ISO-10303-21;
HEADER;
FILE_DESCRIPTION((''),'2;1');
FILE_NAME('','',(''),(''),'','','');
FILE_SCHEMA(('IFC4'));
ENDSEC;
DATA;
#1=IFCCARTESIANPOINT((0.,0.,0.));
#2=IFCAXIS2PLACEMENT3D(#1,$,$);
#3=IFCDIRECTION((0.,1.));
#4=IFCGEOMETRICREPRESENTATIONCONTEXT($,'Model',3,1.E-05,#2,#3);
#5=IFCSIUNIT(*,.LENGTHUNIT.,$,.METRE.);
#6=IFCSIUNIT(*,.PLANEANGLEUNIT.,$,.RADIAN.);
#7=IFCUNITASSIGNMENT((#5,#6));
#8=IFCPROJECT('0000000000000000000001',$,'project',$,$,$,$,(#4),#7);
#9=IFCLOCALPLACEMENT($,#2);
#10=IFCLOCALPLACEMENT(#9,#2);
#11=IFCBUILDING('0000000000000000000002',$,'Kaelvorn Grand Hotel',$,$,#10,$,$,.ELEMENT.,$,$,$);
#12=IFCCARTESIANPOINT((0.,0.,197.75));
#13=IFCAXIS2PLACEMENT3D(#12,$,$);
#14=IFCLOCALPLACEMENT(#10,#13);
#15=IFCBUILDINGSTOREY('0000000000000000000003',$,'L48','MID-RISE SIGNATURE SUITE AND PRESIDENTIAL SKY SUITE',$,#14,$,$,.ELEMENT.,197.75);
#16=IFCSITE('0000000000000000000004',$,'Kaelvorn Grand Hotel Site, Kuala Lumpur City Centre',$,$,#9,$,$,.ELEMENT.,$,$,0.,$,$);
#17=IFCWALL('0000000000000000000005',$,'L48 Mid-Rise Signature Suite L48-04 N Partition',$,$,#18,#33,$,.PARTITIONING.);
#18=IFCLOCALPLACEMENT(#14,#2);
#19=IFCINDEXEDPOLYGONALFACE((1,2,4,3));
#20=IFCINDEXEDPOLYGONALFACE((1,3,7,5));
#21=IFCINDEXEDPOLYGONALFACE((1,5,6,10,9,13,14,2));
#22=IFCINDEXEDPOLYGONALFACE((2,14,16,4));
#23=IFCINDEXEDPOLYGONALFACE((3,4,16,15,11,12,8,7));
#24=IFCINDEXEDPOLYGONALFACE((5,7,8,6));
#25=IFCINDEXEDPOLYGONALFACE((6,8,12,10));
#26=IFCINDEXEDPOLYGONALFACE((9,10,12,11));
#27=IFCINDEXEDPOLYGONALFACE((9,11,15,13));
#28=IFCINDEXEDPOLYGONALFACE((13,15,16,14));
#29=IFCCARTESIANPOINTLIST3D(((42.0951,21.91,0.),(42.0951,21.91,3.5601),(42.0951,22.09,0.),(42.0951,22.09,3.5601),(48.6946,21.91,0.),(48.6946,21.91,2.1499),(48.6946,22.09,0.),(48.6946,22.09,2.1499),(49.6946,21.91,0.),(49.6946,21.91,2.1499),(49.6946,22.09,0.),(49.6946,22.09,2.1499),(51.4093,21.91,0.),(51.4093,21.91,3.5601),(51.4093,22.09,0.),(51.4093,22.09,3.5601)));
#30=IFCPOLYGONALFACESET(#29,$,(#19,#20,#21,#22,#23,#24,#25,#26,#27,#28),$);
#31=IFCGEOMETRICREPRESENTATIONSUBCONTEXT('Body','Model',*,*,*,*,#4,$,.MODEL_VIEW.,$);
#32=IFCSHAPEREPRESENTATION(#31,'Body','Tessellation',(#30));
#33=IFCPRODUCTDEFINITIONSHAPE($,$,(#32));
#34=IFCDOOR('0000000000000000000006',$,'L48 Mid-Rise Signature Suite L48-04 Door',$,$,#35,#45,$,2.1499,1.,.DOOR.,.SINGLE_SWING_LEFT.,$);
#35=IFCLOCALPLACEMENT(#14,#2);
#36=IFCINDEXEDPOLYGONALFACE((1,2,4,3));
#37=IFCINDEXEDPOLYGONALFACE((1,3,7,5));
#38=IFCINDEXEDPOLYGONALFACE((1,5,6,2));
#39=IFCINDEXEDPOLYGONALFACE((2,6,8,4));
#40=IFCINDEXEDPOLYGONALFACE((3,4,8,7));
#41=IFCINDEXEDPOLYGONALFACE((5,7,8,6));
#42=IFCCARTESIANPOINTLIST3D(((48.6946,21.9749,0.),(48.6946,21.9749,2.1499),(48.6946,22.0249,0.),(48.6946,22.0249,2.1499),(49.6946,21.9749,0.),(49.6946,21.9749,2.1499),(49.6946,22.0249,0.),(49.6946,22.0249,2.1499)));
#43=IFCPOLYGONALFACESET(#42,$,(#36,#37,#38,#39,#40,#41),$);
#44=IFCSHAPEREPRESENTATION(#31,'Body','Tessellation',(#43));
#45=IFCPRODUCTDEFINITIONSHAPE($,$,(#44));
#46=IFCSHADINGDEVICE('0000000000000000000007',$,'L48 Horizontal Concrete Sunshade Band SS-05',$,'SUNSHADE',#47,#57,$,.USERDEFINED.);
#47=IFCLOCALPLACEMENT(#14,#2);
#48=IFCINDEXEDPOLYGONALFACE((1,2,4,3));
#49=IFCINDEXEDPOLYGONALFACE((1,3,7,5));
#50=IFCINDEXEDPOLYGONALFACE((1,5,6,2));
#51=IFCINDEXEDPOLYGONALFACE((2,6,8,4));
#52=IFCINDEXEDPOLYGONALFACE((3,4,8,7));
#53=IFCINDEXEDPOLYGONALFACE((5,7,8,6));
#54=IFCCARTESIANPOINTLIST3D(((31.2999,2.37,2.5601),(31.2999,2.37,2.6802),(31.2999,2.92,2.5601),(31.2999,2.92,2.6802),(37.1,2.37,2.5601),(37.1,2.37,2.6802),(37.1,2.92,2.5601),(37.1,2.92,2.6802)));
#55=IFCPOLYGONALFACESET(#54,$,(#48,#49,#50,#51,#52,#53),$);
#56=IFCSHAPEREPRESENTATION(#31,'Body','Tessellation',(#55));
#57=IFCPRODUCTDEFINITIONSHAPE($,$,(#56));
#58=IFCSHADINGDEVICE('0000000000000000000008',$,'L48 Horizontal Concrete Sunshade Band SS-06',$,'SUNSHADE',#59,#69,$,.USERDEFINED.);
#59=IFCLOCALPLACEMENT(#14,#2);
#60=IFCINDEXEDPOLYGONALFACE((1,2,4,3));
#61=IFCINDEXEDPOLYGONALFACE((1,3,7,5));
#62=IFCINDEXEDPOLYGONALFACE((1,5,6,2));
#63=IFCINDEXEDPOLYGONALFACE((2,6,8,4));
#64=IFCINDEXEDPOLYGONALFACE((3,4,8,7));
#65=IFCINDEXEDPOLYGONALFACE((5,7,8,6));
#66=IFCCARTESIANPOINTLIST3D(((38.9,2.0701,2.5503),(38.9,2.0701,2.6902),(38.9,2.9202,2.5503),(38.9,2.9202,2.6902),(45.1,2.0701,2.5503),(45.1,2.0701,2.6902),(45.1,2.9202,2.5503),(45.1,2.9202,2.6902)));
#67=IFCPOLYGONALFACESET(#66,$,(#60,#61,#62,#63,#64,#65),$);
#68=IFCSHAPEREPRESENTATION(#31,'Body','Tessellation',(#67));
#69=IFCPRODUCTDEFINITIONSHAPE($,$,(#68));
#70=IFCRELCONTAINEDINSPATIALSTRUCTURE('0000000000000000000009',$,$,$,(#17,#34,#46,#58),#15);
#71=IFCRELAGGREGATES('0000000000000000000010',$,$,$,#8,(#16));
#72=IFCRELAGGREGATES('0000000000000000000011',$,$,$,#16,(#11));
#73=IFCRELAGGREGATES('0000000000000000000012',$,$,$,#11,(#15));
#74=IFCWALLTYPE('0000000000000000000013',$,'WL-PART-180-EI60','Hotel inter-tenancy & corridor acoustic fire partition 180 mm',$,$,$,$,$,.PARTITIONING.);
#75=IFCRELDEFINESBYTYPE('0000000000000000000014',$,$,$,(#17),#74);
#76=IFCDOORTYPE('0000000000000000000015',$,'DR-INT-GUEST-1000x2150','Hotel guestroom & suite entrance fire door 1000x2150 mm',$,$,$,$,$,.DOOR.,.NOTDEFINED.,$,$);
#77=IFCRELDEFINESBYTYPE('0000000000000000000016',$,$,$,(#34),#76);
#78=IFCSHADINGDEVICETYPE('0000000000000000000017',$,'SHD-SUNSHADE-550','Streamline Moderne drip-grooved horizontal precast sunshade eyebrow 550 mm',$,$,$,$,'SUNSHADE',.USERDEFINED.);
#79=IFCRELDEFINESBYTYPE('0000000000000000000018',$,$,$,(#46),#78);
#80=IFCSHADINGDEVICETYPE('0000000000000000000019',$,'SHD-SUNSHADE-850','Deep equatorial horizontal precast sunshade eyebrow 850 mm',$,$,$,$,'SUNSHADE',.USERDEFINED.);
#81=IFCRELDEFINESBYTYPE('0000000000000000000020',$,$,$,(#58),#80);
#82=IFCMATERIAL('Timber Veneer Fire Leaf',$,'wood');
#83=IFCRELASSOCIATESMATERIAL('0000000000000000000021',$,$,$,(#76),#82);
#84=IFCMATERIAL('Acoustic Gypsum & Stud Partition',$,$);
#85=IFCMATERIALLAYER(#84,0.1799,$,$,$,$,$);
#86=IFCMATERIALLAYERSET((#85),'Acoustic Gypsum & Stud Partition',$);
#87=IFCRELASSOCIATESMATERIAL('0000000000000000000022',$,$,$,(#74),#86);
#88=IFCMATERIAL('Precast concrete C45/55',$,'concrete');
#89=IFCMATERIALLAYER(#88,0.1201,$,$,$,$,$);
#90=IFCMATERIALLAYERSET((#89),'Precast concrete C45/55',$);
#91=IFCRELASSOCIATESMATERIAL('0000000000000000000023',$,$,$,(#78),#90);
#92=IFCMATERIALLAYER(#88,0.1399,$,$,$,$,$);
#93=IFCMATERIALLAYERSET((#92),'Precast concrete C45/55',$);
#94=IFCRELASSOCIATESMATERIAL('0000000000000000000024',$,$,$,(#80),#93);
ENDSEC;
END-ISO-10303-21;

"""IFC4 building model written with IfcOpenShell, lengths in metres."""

from ifc_helpers import new_model, si_unit, direction, frame, frame_2d, origin, origin_2d, place, context, subcontext, project, spatial, rectangle, extrude, material, layer, layer_set, type_object, element, fill, save


model = new_model("IFC4")

# Units and contexts
model_context = context("Model", 3, precision=1e-05, world=origin(), true_north=direction((0.0, 1.0)))
body_context = subcontext(model_context, "Body", "Model", "MODEL_VIEW")
ifc_project = project(units=[si_unit("LENGTHUNIT", "METRE"), si_unit("PLANEANGLEUNIT", "RADIAN")], contexts=[model_context])

# Site, building, storey
site_placement = place(None, origin())
site = spatial("IfcSite", under=ifc_project, at=site_placement, Name="Kaelvorn Grand Hotel Site, Kuala Lumpur City Centre", CompositionType="ELEMENT", RefElevation=0.0)
building_placement = place(site_placement, origin())
building = spatial("IfcBuilding", under=site, at=building_placement, Name="Kaelvorn Grand Hotel", CompositionType="ELEMENT")
storey_placement = place(building_placement, frame((0.0, 0.0, 197.75)))
storey = spatial("IfcBuildingStorey", under=building, at=storey_placement, Name="L48", Description="MID-RISE SIGNATURE SUITE AND PRESIDENTIAL SKY SUITE", CompositionType="ELEMENT", Elevation=197.75)

# Shared definitions
ifc_material_1 = material(Name="Acoustic Gypsum & Stud Partition")

# Shared definitions
ifc_material_2 = material(Name="Timber Veneer Fire Leaf", Category="wood")
door_type_1 = type_object("IfcDoorType", Name="DR-INT-GUEST-1000x2150", Description="Hotel guestroom & suite entrance fire door 1000x2150 mm", OperationType="NOTDEFINED", PredefinedType="DOOR", material=ifc_material_2)

# Shared definitions
ifc_layer_1 = layer(ifc_material_1, 0.1799)
ifc_layer_set_1 = layer_set([ifc_layer_1], Name="Acoustic Gypsum & Stud Partition")
wall_type_1 = type_object("IfcWallType", Name="WL-PART-180-EI60", Description="Hotel inter-tenancy & corridor acoustic fire partition 180 mm", PredefinedType="PARTITIONING", material=ifc_layer_set_1)

# Wall, opening, door
wall_1_placement = place(storey_placement, frame((42.095, 22.0, 0.0), z_axis=(0.0, 0.0, 1.0), x_axis=(1.0, 0.0, 0.0)))
wall_1 = element("IfcWall", 1, at=wall_1_placement, inside=storey, type_object=wall_type_1, Name="L48 Mid-Rise Signature Suite L48-04 N Partition", PredefinedType="PARTITIONING", context=body_context, shape_type="SweptSolid", body=[
    extrude(rectangle(XDim=9.3142, YDim=0.1799, at=frame_2d((4.6572, 0.0))), origin(), (0.0, 0.0, 1.0), 3.5601),
])
opening_1_placement = place(wall_1_placement, frame((6.5996, 0.0, 0.0)))
opening_1 = element("IfcOpeningElement", 2, at=opening_1_placement, cuts=wall_1, PredefinedType="OPENING", context=body_context, shape_type="SweptSolid", body=[
    extrude(rectangle(XDim=1.0, YDim=2.1499, at=frame_2d((0.5, 1.075))), frame((0.0, 0.1001, 0.0), z_axis=(0.0, -1.0, 0.0), x_axis=(1.0, 0.0, 0.0)), (0.0, 0.0, 1.0), 0.2),
])
door_1_placement = place(opening_1_placement, origin())
door_1 = element("IfcDoor", 3, at=door_1_placement, inside=storey, type_object=door_type_1, Name="L48 Mid-Rise Signature Suite L48-04 Door", OperationType="SINGLE_SWING_LEFT", OverallHeight=2.1499, OverallWidth=1.0, PredefinedType="DOOR", context=body_context, shape_type="SweptSolid", body=[
    extrude(rectangle(XDim=1.0, YDim=2.1499, at=frame_2d((0.5, 1.075))), frame((0.0, 0.0249, 0.0), z_axis=(0.0, -1.0, 0.0), x_axis=(1.0, 0.0, 0.0)), (0.0, 0.0, 1.0), 0.05),
])
fill(opening_1, door_1)

# Shading devices
ifc_material_3 = material(Name="Precast concrete C45/55", Category="concrete")
ifc_layer_2 = layer(ifc_material_3, 0.1201)
ifc_layer_set_2 = layer_set([ifc_layer_2], Name="Precast concrete C45/55")
shading_device_type_1 = type_object("IfcShadingDeviceType", Name="SHD-SUNSHADE-550", Description="Streamline Moderne drip-grooved horizontal precast sunshade eyebrow 550 mm", ElementType="SUNSHADE", PredefinedType="USERDEFINED", material=ifc_layer_set_2)
shading_device_1_placement = place(storey_placement, frame((34.2, 2.645, 2.5601), z_axis=(0.0, 0.0, 1.0), x_axis=(1.0, 0.0, 0.0)))
element("IfcShadingDevice", 4, at=shading_device_1_placement, inside=storey, type_object=shading_device_type_1, Name="L48 Horizontal Concrete Sunshade Band SS-05", ObjectType="SUNSHADE", PredefinedType="USERDEFINED", context=body_context, shape_type="SweptSolid", body=[
    extrude(rectangle(XDim=5.8, YDim=0.55, at=origin_2d()), origin(), (0.0, 0.0, 1.0), 0.1201),
])
ifc_layer_3 = layer(ifc_material_3, 0.1399)
ifc_layer_set_3 = layer_set([ifc_layer_3], Name="Precast concrete C45/55")
shading_device_type_2 = type_object("IfcShadingDeviceType", Name="SHD-SUNSHADE-850", Description="Deep equatorial horizontal precast sunshade eyebrow 850 mm", ElementType="SUNSHADE", PredefinedType="USERDEFINED", material=ifc_layer_set_3)
shading_device_2_placement = place(storey_placement, frame((42.0, 2.4951, 2.5503), z_axis=(0.0, 0.0, 1.0), x_axis=(1.0, 0.0, 0.0)))
element("IfcShadingDevice", 5, at=shading_device_2_placement, inside=storey, type_object=shading_device_type_2, Name="L48 Horizontal Concrete Sunshade Band SS-06", ObjectType="SUNSHADE", PredefinedType="USERDEFINED", context=body_context, shape_type="SweptSolid", body=[
    extrude(rectangle(XDim=6.2, YDim=0.8501, at=origin_2d()), origin(), (0.0, 0.0, 1.0), 0.1399),
])

save(model, "model.ifc")
